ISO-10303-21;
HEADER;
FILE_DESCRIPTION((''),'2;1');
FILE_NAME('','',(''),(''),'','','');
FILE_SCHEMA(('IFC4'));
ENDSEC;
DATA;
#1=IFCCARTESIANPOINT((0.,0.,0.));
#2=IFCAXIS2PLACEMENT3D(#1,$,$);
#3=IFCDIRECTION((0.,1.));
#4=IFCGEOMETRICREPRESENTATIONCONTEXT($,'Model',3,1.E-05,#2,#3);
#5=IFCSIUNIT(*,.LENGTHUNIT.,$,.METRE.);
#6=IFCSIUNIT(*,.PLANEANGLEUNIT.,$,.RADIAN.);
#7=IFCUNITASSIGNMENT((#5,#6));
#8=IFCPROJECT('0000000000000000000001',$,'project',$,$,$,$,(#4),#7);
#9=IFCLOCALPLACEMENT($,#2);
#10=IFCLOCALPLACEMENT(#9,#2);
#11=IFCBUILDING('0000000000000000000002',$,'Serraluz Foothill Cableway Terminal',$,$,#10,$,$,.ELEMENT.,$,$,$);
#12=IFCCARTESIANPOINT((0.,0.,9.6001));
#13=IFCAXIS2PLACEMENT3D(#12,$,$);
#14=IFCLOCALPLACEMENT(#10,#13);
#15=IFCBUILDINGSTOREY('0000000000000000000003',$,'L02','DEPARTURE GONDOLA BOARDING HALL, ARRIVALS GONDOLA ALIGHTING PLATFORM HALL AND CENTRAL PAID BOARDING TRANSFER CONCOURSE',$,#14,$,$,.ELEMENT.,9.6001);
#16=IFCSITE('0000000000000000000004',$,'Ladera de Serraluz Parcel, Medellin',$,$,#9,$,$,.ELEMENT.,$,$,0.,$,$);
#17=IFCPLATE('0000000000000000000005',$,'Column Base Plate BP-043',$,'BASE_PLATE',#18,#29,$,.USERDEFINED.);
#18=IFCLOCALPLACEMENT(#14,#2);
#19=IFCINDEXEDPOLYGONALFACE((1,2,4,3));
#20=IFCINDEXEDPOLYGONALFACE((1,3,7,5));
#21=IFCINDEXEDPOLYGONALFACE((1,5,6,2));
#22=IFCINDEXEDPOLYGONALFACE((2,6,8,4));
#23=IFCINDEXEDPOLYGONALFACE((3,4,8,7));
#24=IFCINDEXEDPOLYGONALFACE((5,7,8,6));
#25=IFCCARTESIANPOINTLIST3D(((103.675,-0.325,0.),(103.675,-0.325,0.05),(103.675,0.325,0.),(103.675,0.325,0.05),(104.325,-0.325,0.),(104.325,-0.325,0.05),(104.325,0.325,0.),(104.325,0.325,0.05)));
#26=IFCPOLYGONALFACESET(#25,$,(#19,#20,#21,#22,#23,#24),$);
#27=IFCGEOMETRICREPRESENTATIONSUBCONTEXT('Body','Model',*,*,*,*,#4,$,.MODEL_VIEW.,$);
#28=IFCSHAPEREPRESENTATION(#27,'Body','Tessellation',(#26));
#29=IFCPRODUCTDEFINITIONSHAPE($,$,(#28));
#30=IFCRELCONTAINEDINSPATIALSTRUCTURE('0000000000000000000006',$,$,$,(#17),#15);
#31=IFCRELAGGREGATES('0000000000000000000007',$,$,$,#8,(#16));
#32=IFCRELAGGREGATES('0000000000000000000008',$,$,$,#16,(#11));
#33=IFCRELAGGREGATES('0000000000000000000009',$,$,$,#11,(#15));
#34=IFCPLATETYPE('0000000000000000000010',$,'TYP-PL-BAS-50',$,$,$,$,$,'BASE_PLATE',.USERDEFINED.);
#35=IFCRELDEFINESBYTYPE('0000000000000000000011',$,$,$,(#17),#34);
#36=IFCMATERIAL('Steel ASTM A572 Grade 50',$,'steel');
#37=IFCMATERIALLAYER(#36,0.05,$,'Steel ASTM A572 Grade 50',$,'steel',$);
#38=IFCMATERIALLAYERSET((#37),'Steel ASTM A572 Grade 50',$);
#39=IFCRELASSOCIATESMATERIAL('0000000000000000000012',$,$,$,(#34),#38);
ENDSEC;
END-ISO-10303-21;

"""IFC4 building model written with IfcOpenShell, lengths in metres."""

from ifc_helpers import new_model, si_unit, direction, frame, origin, origin_2d, place, context, subcontext, project, spatial, rectangle, extrude, material, layer, layer_set, type_object, element, save


model = new_model("IFC4")

# Units and contexts
model_context = context("Model", 3, precision=1e-05, world=origin(), true_north=direction((0.0, 1.0)))
body_context = subcontext(model_context, "Body", "Model", "MODEL_VIEW")
ifc_project = project(units=[si_unit("LENGTHUNIT", "METRE"), si_unit("PLANEANGLEUNIT", "RADIAN")], contexts=[model_context])

# Site, building, storey
site_placement = place(None, origin())
site = spatial("IfcSite", under=ifc_project, at=site_placement, Name="Ladera de Serraluz Parcel, Medellin", CompositionType="ELEMENT", RefElevation=0.0)
building_placement = place(site_placement, origin())
building = spatial("IfcBuilding", under=site, at=building_placement, Name="Serraluz Foothill Cableway Terminal", CompositionType="ELEMENT")
storey_placement = place(building_placement, frame((0.0, 0.0, 9.6001)))
storey = spatial("IfcBuildingStorey", under=building, at=storey_placement, Name="L02", Description="DEPARTURE GONDOLA BOARDING HALL, ARRIVALS GONDOLA ALIGHTING PLATFORM HALL AND CENTRAL PAID BOARDING TRANSFER CONCOURSE", CompositionType="ELEMENT", Elevation=9.6001)

# Plate
ifc_material_1 = material(Name="Steel ASTM A572 Grade 50", Category="steel")
ifc_layer_1 = layer(ifc_material_1, 0.05, Name="Steel ASTM A572 Grade 50", Category="steel")
ifc_layer_set_1 = layer_set([ifc_layer_1], Name="Steel ASTM A572 Grade 50")
plate_type_1 = type_object("IfcPlateType", Name="TYP-PL-BAS-50", ElementType="BASE_PLATE", PredefinedType="USERDEFINED", material=ifc_layer_set_1)
plate_1_placement = place(storey_placement, frame((104.0, 0.0, 0.0), z_axis=(0.0, 0.0, 1.0), x_axis=(1.0, 0.0, 0.0)))
element("IfcPlate", 1, at=plate_1_placement, inside=storey, type_object=plate_type_1, Name="Column Base Plate BP-043", ObjectType="BASE_PLATE", PredefinedType="USERDEFINED", context=body_context, shape_type="SweptSolid", body=[
    extrude(rectangle(XDim=0.6499, YDim=0.6499, at=origin_2d()), origin(), (0.0, 0.0, 1.0), 0.05),
])

save(model, "model.ifc")
